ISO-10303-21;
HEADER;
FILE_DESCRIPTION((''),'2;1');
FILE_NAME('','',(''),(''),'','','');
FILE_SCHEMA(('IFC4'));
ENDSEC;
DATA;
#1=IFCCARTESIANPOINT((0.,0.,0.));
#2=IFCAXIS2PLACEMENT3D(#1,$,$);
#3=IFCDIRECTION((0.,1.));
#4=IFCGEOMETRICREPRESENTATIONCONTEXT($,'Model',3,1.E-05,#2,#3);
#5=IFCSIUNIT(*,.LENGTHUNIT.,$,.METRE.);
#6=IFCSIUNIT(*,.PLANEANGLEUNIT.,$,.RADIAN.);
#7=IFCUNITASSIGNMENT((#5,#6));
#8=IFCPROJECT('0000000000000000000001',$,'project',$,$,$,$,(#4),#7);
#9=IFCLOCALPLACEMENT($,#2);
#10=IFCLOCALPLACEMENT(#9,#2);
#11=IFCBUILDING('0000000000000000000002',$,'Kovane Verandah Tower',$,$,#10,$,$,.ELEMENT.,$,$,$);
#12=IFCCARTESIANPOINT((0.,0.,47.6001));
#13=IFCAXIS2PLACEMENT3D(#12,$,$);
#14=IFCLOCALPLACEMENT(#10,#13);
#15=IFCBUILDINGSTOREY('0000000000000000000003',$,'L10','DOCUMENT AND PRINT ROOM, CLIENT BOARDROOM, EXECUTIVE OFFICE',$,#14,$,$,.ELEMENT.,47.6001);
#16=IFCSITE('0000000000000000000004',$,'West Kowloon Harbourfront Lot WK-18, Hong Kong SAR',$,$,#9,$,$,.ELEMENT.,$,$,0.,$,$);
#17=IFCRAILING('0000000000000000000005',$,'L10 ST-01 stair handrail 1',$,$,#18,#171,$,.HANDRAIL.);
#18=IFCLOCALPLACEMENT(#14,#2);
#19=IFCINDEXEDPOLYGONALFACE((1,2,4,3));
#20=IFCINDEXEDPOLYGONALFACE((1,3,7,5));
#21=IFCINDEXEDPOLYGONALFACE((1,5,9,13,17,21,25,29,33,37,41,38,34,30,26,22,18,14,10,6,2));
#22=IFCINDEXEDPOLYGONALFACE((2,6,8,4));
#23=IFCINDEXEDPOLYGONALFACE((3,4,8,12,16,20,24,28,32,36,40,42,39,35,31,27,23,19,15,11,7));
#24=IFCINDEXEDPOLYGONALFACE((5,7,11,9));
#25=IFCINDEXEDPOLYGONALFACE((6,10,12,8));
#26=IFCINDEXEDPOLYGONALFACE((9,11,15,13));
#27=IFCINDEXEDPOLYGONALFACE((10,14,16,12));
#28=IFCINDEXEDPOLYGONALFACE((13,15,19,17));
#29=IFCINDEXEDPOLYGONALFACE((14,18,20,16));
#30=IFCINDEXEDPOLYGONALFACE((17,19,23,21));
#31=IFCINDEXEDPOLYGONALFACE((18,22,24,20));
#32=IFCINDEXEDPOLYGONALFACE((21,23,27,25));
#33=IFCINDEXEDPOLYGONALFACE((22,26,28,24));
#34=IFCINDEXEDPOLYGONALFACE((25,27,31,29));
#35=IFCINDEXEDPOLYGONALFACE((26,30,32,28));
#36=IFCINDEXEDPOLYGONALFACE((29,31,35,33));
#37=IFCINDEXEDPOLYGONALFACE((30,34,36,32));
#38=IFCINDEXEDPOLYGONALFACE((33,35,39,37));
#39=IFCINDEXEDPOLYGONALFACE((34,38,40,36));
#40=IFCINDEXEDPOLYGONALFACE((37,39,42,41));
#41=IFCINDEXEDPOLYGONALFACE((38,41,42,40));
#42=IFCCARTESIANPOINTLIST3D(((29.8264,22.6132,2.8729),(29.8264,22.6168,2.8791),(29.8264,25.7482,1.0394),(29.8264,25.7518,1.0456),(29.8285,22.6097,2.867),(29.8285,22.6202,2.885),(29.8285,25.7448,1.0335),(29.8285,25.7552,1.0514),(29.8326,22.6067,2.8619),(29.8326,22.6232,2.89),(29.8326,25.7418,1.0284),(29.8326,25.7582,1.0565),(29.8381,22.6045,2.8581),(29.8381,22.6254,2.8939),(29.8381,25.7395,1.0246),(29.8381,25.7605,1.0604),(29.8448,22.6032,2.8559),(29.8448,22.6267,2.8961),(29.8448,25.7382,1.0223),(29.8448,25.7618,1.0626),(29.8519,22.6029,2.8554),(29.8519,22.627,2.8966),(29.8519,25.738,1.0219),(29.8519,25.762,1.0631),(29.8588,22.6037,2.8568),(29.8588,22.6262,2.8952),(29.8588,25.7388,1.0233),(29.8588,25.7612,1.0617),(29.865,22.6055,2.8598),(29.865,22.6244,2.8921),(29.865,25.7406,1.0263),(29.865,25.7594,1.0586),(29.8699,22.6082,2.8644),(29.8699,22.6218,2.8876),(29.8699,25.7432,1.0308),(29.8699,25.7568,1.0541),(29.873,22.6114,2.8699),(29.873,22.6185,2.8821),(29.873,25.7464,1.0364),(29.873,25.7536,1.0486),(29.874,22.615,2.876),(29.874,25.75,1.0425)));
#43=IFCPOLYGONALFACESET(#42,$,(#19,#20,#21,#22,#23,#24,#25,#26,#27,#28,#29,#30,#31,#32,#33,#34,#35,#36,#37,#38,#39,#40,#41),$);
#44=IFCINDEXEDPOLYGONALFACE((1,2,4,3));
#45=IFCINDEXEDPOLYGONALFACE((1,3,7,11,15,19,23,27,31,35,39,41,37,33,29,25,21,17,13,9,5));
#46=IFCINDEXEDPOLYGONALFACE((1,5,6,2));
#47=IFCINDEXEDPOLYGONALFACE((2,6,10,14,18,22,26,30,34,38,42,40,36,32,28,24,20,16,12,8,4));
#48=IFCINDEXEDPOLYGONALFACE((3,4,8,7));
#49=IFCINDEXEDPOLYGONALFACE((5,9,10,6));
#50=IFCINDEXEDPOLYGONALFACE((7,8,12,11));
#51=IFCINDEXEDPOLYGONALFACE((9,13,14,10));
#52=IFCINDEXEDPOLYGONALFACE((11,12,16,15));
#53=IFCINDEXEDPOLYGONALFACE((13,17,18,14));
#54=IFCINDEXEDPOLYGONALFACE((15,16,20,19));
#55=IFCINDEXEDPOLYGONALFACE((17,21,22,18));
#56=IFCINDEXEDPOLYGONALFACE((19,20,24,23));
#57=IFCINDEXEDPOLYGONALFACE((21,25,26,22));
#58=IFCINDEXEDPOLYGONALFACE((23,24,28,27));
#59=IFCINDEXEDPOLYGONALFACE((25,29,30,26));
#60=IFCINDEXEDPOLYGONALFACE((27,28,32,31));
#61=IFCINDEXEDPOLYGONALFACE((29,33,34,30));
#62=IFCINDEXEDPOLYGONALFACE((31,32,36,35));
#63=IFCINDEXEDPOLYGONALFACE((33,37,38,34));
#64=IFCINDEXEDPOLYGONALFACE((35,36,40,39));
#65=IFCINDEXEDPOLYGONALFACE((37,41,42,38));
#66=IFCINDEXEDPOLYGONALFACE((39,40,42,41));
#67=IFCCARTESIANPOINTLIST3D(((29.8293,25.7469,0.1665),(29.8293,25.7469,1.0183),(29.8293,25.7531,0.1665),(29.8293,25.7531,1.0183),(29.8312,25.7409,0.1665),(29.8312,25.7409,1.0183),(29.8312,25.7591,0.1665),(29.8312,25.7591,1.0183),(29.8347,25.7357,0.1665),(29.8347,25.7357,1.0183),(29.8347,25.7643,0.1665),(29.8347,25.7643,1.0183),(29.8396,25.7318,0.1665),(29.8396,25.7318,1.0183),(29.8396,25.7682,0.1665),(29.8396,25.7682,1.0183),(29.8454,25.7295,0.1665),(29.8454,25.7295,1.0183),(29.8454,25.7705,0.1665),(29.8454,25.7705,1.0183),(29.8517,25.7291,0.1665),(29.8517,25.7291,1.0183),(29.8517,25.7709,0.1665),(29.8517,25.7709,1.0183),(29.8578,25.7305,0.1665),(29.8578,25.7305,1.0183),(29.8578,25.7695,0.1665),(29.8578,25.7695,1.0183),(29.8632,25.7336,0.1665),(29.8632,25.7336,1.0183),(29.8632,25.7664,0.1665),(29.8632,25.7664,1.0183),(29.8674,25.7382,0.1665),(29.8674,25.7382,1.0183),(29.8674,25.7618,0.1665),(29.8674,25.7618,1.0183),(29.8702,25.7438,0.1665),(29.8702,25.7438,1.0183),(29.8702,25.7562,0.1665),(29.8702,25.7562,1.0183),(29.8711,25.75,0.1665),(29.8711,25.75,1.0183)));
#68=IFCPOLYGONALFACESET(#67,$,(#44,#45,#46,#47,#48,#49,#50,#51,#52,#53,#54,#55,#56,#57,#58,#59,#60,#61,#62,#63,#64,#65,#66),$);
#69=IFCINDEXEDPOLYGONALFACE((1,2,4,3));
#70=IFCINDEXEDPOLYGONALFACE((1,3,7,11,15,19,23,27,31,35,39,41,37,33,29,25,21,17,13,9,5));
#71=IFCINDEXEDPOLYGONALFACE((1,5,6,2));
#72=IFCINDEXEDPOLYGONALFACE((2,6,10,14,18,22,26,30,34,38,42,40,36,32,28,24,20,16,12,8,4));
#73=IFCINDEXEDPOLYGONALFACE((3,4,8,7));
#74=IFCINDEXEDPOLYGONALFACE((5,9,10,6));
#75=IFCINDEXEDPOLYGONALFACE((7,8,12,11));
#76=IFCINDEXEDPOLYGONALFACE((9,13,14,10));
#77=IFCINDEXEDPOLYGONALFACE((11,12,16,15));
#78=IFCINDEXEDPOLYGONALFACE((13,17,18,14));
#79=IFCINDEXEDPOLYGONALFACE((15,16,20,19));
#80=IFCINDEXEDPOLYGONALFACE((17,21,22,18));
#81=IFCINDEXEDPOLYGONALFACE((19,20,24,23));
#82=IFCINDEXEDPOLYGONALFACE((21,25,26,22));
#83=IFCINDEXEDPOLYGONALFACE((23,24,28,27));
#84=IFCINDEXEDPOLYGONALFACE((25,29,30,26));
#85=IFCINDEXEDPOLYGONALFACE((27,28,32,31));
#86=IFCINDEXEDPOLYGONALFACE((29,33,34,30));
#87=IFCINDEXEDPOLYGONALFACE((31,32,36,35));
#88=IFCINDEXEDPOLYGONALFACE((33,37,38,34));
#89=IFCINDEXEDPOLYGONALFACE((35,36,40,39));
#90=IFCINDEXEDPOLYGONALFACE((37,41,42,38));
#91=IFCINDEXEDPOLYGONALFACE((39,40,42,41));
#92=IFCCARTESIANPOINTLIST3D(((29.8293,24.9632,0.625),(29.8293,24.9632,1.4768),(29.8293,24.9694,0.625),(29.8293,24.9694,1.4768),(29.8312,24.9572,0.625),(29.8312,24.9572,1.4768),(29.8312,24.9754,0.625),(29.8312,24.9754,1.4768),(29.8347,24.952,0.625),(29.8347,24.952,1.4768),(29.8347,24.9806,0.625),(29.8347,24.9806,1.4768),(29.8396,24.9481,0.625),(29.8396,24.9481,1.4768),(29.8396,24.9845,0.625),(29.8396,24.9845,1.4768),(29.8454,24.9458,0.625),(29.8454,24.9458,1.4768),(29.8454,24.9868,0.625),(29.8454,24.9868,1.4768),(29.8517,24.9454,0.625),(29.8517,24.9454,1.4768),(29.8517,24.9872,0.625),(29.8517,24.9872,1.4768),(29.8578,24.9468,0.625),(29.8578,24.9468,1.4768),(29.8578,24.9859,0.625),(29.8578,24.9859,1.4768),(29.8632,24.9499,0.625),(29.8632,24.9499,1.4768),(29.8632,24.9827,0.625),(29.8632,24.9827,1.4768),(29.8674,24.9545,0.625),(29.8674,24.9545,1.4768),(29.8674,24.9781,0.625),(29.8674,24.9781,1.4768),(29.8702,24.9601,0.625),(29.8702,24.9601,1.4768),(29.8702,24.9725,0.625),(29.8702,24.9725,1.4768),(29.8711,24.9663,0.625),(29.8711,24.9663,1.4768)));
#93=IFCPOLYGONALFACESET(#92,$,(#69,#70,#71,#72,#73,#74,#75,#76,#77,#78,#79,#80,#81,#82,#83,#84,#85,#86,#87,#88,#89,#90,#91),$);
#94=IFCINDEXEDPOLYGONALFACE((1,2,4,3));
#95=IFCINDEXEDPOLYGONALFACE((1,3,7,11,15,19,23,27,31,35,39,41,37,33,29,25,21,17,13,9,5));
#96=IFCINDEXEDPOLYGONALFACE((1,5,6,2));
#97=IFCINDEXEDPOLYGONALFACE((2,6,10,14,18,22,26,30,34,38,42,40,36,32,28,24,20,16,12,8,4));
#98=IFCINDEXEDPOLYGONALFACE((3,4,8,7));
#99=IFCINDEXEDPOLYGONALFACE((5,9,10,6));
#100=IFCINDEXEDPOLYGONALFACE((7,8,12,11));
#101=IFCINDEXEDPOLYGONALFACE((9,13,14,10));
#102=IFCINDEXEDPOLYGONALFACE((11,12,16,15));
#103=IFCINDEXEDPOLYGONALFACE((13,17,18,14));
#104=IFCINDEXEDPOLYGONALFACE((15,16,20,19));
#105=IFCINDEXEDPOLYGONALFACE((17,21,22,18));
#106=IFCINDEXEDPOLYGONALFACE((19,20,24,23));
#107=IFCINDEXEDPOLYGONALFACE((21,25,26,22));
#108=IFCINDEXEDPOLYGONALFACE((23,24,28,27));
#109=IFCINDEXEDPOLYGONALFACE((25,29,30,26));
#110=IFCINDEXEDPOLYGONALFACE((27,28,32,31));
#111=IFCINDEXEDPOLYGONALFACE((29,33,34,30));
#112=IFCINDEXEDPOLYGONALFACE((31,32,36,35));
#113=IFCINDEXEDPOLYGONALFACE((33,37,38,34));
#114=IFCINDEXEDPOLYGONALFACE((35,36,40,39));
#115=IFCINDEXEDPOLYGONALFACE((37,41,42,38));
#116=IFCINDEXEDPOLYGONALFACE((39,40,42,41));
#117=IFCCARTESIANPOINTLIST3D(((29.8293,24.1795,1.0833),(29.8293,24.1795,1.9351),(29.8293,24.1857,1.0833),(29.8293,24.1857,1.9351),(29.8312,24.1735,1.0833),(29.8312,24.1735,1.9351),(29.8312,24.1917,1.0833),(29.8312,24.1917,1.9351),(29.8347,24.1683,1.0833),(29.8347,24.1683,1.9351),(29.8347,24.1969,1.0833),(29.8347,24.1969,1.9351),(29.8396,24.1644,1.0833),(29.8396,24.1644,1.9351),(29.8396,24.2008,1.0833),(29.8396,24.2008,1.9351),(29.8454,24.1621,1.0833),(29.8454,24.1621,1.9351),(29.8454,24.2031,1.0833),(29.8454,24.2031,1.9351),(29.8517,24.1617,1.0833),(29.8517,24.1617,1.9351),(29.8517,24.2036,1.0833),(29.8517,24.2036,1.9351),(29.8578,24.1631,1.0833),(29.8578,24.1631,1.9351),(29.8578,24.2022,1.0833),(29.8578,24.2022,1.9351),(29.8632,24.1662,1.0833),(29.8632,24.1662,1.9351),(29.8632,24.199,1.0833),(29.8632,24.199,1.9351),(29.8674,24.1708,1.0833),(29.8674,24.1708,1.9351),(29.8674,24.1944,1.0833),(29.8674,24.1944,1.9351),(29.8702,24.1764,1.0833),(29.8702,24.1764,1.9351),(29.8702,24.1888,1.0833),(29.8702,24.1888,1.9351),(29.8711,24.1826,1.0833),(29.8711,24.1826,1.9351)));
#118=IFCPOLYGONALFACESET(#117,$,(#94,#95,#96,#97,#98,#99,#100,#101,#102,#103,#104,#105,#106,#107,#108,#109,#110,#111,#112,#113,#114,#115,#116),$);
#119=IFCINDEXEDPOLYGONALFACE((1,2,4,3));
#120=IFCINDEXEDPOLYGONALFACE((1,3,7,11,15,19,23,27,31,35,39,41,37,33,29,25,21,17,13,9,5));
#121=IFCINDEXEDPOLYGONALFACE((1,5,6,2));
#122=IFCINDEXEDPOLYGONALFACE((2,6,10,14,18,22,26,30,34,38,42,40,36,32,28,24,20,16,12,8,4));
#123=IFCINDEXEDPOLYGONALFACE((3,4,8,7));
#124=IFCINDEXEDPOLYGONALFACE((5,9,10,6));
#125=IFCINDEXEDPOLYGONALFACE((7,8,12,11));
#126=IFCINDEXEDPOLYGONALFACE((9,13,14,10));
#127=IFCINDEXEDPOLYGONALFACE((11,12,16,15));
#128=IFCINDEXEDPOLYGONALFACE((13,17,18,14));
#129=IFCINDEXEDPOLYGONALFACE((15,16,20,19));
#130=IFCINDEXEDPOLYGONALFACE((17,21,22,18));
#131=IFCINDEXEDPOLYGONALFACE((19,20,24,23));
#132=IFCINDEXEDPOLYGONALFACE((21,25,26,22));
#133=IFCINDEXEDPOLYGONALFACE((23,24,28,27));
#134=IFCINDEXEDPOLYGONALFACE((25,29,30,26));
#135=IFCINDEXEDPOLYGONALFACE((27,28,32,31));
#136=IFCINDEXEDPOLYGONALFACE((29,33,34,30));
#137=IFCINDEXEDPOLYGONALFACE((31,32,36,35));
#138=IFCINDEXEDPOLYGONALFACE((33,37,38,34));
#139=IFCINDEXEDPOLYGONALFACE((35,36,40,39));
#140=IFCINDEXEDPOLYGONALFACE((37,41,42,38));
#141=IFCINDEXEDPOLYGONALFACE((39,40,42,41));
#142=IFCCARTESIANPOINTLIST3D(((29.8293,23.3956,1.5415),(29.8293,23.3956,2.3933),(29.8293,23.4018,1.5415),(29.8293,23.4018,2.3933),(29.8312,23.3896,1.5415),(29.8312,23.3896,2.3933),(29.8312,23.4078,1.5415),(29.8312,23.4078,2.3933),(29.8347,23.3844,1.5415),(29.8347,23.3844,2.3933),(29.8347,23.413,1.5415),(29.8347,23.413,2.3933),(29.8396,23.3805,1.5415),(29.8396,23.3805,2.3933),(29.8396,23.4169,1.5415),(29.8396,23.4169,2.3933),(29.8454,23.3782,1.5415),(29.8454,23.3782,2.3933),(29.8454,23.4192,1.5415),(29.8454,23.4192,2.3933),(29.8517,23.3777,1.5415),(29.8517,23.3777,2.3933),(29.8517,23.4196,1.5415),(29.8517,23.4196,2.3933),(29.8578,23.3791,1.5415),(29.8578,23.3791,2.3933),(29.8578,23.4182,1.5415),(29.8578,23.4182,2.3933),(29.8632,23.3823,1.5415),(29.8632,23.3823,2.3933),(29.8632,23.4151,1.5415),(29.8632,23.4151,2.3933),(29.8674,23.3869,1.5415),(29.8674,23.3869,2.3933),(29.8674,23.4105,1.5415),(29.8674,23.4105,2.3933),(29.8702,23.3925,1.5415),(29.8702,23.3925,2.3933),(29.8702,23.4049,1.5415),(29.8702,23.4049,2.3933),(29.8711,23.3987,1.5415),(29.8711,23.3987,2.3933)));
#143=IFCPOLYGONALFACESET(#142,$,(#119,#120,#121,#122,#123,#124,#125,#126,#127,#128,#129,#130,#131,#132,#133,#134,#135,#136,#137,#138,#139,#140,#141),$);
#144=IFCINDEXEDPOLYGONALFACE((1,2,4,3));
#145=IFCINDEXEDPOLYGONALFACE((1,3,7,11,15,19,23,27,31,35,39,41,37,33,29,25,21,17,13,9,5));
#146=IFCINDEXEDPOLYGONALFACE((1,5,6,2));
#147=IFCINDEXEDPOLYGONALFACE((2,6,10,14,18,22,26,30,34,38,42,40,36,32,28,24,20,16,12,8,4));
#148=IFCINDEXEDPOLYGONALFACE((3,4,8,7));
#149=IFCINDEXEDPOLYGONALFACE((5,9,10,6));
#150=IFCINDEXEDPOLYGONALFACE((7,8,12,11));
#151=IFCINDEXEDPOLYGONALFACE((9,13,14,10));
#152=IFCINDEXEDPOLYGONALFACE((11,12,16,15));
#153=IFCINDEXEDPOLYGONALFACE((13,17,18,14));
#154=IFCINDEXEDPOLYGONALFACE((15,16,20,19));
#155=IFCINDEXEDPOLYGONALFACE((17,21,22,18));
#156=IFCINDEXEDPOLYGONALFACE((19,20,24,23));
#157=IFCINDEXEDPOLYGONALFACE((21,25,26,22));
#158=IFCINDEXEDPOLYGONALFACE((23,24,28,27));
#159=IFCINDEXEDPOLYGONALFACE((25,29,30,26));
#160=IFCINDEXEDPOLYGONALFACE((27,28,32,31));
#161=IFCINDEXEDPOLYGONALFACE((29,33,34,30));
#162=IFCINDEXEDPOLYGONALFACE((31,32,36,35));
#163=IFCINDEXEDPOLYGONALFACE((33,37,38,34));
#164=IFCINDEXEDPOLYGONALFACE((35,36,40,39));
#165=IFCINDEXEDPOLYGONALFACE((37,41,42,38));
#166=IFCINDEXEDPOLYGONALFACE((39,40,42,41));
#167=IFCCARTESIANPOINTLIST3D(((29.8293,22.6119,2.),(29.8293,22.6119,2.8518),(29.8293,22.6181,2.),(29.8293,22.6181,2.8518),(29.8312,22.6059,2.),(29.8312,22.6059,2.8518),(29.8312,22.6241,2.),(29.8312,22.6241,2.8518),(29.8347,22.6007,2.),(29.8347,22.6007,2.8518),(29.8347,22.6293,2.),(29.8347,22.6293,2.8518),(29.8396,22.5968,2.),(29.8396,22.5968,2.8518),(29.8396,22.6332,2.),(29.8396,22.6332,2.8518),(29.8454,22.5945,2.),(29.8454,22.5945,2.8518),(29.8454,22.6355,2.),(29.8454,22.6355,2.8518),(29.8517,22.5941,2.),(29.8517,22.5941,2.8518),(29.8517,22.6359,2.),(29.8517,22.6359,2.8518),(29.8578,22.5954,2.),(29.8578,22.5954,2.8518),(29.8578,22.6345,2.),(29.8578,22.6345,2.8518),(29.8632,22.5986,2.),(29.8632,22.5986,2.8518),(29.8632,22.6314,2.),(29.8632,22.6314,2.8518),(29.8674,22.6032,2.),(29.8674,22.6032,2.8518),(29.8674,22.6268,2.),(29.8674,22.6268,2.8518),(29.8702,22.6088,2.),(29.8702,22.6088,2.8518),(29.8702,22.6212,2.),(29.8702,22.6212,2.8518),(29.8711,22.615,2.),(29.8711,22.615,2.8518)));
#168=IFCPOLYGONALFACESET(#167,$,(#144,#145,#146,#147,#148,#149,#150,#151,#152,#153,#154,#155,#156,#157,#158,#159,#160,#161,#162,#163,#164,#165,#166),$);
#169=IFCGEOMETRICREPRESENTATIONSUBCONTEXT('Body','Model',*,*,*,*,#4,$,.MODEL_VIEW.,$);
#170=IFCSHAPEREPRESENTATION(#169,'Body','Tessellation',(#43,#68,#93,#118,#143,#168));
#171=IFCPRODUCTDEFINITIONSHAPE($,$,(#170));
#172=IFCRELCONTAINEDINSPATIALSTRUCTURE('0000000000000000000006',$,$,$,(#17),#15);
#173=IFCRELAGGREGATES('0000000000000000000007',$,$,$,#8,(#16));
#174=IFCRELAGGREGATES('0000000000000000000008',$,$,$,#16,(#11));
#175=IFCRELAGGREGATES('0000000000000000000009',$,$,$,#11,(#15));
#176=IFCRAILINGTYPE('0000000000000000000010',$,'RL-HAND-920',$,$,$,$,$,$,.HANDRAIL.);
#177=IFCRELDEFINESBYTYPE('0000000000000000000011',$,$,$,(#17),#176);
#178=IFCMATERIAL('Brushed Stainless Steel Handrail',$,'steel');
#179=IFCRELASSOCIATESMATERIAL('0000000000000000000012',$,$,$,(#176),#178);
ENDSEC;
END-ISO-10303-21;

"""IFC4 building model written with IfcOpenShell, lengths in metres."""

from ifc_helpers import new_model, si_unit, direction, frame, origin, origin_2d, place, context, subcontext, project, spatial, circle, extrude, material, type_object, element, save


model = new_model("IFC4")

# Units and contexts
model_context = context("Model", 3, precision=1e-05, world=origin(), true_north=direction((0.0, 1.0)))
body_context = subcontext(model_context, "Body", "Model", "MODEL_VIEW")
ifc_project = project(units=[si_unit("LENGTHUNIT", "METRE"), si_unit("PLANEANGLEUNIT", "RADIAN")], contexts=[model_context])

# Site, building, storey
site_placement = place(None, origin())
site = spatial("IfcSite", under=ifc_project, at=site_placement, Name="West Kowloon Harbourfront Lot WK-18, Hong Kong SAR", CompositionType="ELEMENT", RefElevation=0.0)
building_placement = place(site_placement, origin())
building = spatial("IfcBuilding", under=site, at=building_placement, Name="Kovane Verandah Tower", CompositionType="ELEMENT")
storey_placement = place(building_placement, frame((0.0, 0.0, 47.6001)))
storey = spatial("IfcBuildingStorey", under=building, at=storey_placement, Name="L10", Description="DOCUMENT AND PRINT ROOM, CLIENT BOARDROOM, EXECUTIVE OFFICE", CompositionType="ELEMENT", Elevation=47.6001)

# Railing
ifc_material_1 = material(Name="Brushed Stainless Steel Handrail", Category="steel")
railing_type_1 = type_object("IfcRailingType", Name="RL-HAND-920", PredefinedType="HANDRAIL", material=ifc_material_1)
railing_1_placement = place(storey_placement, frame((29.8501, 25.75, 0.1665)))
element("IfcRailing", 1, at=railing_1_placement, inside=storey, type_object=railing_type_1, Name="L10 ST-01 stair handrail 1", PredefinedType="HANDRAIL", context=body_context, shape_type="SweptSolid", body=[
    extrude(circle(Radius=0.0239, at=origin_2d()), frame((0.0, 0.0, 0.876), z_axis=(0.0, -0.86321, 0.504845), x_axis=(1.0, 0.0, 0.0)), (0.0, 0.0, 1.0), 3.6318),
    extrude(circle(Radius=0.021, at=origin_2d()), origin(), (0.0, 0.0, 1.0), 0.8518),
    extrude(circle(Radius=0.021, at=origin_2d()), frame((0.0, -0.7837, 0.4585)), (0.0, 0.0, 1.0), 0.8518),
    extrude(circle(Radius=0.021, at=origin_2d()), frame((0.0, -1.5674, 0.9167)), (0.0, 0.0, 1.0), 0.8518),
    extrude(circle(Radius=0.021, at=origin_2d()), frame((0.0, -2.3513, 1.375)), (0.0, 0.0, 1.0), 0.8518),
    extrude(circle(Radius=0.021, at=origin_2d()), frame((0.0, -3.135, 1.8335)), (0.0, 0.0, 1.0), 0.8518),
])

save(model, "model.ifc")
